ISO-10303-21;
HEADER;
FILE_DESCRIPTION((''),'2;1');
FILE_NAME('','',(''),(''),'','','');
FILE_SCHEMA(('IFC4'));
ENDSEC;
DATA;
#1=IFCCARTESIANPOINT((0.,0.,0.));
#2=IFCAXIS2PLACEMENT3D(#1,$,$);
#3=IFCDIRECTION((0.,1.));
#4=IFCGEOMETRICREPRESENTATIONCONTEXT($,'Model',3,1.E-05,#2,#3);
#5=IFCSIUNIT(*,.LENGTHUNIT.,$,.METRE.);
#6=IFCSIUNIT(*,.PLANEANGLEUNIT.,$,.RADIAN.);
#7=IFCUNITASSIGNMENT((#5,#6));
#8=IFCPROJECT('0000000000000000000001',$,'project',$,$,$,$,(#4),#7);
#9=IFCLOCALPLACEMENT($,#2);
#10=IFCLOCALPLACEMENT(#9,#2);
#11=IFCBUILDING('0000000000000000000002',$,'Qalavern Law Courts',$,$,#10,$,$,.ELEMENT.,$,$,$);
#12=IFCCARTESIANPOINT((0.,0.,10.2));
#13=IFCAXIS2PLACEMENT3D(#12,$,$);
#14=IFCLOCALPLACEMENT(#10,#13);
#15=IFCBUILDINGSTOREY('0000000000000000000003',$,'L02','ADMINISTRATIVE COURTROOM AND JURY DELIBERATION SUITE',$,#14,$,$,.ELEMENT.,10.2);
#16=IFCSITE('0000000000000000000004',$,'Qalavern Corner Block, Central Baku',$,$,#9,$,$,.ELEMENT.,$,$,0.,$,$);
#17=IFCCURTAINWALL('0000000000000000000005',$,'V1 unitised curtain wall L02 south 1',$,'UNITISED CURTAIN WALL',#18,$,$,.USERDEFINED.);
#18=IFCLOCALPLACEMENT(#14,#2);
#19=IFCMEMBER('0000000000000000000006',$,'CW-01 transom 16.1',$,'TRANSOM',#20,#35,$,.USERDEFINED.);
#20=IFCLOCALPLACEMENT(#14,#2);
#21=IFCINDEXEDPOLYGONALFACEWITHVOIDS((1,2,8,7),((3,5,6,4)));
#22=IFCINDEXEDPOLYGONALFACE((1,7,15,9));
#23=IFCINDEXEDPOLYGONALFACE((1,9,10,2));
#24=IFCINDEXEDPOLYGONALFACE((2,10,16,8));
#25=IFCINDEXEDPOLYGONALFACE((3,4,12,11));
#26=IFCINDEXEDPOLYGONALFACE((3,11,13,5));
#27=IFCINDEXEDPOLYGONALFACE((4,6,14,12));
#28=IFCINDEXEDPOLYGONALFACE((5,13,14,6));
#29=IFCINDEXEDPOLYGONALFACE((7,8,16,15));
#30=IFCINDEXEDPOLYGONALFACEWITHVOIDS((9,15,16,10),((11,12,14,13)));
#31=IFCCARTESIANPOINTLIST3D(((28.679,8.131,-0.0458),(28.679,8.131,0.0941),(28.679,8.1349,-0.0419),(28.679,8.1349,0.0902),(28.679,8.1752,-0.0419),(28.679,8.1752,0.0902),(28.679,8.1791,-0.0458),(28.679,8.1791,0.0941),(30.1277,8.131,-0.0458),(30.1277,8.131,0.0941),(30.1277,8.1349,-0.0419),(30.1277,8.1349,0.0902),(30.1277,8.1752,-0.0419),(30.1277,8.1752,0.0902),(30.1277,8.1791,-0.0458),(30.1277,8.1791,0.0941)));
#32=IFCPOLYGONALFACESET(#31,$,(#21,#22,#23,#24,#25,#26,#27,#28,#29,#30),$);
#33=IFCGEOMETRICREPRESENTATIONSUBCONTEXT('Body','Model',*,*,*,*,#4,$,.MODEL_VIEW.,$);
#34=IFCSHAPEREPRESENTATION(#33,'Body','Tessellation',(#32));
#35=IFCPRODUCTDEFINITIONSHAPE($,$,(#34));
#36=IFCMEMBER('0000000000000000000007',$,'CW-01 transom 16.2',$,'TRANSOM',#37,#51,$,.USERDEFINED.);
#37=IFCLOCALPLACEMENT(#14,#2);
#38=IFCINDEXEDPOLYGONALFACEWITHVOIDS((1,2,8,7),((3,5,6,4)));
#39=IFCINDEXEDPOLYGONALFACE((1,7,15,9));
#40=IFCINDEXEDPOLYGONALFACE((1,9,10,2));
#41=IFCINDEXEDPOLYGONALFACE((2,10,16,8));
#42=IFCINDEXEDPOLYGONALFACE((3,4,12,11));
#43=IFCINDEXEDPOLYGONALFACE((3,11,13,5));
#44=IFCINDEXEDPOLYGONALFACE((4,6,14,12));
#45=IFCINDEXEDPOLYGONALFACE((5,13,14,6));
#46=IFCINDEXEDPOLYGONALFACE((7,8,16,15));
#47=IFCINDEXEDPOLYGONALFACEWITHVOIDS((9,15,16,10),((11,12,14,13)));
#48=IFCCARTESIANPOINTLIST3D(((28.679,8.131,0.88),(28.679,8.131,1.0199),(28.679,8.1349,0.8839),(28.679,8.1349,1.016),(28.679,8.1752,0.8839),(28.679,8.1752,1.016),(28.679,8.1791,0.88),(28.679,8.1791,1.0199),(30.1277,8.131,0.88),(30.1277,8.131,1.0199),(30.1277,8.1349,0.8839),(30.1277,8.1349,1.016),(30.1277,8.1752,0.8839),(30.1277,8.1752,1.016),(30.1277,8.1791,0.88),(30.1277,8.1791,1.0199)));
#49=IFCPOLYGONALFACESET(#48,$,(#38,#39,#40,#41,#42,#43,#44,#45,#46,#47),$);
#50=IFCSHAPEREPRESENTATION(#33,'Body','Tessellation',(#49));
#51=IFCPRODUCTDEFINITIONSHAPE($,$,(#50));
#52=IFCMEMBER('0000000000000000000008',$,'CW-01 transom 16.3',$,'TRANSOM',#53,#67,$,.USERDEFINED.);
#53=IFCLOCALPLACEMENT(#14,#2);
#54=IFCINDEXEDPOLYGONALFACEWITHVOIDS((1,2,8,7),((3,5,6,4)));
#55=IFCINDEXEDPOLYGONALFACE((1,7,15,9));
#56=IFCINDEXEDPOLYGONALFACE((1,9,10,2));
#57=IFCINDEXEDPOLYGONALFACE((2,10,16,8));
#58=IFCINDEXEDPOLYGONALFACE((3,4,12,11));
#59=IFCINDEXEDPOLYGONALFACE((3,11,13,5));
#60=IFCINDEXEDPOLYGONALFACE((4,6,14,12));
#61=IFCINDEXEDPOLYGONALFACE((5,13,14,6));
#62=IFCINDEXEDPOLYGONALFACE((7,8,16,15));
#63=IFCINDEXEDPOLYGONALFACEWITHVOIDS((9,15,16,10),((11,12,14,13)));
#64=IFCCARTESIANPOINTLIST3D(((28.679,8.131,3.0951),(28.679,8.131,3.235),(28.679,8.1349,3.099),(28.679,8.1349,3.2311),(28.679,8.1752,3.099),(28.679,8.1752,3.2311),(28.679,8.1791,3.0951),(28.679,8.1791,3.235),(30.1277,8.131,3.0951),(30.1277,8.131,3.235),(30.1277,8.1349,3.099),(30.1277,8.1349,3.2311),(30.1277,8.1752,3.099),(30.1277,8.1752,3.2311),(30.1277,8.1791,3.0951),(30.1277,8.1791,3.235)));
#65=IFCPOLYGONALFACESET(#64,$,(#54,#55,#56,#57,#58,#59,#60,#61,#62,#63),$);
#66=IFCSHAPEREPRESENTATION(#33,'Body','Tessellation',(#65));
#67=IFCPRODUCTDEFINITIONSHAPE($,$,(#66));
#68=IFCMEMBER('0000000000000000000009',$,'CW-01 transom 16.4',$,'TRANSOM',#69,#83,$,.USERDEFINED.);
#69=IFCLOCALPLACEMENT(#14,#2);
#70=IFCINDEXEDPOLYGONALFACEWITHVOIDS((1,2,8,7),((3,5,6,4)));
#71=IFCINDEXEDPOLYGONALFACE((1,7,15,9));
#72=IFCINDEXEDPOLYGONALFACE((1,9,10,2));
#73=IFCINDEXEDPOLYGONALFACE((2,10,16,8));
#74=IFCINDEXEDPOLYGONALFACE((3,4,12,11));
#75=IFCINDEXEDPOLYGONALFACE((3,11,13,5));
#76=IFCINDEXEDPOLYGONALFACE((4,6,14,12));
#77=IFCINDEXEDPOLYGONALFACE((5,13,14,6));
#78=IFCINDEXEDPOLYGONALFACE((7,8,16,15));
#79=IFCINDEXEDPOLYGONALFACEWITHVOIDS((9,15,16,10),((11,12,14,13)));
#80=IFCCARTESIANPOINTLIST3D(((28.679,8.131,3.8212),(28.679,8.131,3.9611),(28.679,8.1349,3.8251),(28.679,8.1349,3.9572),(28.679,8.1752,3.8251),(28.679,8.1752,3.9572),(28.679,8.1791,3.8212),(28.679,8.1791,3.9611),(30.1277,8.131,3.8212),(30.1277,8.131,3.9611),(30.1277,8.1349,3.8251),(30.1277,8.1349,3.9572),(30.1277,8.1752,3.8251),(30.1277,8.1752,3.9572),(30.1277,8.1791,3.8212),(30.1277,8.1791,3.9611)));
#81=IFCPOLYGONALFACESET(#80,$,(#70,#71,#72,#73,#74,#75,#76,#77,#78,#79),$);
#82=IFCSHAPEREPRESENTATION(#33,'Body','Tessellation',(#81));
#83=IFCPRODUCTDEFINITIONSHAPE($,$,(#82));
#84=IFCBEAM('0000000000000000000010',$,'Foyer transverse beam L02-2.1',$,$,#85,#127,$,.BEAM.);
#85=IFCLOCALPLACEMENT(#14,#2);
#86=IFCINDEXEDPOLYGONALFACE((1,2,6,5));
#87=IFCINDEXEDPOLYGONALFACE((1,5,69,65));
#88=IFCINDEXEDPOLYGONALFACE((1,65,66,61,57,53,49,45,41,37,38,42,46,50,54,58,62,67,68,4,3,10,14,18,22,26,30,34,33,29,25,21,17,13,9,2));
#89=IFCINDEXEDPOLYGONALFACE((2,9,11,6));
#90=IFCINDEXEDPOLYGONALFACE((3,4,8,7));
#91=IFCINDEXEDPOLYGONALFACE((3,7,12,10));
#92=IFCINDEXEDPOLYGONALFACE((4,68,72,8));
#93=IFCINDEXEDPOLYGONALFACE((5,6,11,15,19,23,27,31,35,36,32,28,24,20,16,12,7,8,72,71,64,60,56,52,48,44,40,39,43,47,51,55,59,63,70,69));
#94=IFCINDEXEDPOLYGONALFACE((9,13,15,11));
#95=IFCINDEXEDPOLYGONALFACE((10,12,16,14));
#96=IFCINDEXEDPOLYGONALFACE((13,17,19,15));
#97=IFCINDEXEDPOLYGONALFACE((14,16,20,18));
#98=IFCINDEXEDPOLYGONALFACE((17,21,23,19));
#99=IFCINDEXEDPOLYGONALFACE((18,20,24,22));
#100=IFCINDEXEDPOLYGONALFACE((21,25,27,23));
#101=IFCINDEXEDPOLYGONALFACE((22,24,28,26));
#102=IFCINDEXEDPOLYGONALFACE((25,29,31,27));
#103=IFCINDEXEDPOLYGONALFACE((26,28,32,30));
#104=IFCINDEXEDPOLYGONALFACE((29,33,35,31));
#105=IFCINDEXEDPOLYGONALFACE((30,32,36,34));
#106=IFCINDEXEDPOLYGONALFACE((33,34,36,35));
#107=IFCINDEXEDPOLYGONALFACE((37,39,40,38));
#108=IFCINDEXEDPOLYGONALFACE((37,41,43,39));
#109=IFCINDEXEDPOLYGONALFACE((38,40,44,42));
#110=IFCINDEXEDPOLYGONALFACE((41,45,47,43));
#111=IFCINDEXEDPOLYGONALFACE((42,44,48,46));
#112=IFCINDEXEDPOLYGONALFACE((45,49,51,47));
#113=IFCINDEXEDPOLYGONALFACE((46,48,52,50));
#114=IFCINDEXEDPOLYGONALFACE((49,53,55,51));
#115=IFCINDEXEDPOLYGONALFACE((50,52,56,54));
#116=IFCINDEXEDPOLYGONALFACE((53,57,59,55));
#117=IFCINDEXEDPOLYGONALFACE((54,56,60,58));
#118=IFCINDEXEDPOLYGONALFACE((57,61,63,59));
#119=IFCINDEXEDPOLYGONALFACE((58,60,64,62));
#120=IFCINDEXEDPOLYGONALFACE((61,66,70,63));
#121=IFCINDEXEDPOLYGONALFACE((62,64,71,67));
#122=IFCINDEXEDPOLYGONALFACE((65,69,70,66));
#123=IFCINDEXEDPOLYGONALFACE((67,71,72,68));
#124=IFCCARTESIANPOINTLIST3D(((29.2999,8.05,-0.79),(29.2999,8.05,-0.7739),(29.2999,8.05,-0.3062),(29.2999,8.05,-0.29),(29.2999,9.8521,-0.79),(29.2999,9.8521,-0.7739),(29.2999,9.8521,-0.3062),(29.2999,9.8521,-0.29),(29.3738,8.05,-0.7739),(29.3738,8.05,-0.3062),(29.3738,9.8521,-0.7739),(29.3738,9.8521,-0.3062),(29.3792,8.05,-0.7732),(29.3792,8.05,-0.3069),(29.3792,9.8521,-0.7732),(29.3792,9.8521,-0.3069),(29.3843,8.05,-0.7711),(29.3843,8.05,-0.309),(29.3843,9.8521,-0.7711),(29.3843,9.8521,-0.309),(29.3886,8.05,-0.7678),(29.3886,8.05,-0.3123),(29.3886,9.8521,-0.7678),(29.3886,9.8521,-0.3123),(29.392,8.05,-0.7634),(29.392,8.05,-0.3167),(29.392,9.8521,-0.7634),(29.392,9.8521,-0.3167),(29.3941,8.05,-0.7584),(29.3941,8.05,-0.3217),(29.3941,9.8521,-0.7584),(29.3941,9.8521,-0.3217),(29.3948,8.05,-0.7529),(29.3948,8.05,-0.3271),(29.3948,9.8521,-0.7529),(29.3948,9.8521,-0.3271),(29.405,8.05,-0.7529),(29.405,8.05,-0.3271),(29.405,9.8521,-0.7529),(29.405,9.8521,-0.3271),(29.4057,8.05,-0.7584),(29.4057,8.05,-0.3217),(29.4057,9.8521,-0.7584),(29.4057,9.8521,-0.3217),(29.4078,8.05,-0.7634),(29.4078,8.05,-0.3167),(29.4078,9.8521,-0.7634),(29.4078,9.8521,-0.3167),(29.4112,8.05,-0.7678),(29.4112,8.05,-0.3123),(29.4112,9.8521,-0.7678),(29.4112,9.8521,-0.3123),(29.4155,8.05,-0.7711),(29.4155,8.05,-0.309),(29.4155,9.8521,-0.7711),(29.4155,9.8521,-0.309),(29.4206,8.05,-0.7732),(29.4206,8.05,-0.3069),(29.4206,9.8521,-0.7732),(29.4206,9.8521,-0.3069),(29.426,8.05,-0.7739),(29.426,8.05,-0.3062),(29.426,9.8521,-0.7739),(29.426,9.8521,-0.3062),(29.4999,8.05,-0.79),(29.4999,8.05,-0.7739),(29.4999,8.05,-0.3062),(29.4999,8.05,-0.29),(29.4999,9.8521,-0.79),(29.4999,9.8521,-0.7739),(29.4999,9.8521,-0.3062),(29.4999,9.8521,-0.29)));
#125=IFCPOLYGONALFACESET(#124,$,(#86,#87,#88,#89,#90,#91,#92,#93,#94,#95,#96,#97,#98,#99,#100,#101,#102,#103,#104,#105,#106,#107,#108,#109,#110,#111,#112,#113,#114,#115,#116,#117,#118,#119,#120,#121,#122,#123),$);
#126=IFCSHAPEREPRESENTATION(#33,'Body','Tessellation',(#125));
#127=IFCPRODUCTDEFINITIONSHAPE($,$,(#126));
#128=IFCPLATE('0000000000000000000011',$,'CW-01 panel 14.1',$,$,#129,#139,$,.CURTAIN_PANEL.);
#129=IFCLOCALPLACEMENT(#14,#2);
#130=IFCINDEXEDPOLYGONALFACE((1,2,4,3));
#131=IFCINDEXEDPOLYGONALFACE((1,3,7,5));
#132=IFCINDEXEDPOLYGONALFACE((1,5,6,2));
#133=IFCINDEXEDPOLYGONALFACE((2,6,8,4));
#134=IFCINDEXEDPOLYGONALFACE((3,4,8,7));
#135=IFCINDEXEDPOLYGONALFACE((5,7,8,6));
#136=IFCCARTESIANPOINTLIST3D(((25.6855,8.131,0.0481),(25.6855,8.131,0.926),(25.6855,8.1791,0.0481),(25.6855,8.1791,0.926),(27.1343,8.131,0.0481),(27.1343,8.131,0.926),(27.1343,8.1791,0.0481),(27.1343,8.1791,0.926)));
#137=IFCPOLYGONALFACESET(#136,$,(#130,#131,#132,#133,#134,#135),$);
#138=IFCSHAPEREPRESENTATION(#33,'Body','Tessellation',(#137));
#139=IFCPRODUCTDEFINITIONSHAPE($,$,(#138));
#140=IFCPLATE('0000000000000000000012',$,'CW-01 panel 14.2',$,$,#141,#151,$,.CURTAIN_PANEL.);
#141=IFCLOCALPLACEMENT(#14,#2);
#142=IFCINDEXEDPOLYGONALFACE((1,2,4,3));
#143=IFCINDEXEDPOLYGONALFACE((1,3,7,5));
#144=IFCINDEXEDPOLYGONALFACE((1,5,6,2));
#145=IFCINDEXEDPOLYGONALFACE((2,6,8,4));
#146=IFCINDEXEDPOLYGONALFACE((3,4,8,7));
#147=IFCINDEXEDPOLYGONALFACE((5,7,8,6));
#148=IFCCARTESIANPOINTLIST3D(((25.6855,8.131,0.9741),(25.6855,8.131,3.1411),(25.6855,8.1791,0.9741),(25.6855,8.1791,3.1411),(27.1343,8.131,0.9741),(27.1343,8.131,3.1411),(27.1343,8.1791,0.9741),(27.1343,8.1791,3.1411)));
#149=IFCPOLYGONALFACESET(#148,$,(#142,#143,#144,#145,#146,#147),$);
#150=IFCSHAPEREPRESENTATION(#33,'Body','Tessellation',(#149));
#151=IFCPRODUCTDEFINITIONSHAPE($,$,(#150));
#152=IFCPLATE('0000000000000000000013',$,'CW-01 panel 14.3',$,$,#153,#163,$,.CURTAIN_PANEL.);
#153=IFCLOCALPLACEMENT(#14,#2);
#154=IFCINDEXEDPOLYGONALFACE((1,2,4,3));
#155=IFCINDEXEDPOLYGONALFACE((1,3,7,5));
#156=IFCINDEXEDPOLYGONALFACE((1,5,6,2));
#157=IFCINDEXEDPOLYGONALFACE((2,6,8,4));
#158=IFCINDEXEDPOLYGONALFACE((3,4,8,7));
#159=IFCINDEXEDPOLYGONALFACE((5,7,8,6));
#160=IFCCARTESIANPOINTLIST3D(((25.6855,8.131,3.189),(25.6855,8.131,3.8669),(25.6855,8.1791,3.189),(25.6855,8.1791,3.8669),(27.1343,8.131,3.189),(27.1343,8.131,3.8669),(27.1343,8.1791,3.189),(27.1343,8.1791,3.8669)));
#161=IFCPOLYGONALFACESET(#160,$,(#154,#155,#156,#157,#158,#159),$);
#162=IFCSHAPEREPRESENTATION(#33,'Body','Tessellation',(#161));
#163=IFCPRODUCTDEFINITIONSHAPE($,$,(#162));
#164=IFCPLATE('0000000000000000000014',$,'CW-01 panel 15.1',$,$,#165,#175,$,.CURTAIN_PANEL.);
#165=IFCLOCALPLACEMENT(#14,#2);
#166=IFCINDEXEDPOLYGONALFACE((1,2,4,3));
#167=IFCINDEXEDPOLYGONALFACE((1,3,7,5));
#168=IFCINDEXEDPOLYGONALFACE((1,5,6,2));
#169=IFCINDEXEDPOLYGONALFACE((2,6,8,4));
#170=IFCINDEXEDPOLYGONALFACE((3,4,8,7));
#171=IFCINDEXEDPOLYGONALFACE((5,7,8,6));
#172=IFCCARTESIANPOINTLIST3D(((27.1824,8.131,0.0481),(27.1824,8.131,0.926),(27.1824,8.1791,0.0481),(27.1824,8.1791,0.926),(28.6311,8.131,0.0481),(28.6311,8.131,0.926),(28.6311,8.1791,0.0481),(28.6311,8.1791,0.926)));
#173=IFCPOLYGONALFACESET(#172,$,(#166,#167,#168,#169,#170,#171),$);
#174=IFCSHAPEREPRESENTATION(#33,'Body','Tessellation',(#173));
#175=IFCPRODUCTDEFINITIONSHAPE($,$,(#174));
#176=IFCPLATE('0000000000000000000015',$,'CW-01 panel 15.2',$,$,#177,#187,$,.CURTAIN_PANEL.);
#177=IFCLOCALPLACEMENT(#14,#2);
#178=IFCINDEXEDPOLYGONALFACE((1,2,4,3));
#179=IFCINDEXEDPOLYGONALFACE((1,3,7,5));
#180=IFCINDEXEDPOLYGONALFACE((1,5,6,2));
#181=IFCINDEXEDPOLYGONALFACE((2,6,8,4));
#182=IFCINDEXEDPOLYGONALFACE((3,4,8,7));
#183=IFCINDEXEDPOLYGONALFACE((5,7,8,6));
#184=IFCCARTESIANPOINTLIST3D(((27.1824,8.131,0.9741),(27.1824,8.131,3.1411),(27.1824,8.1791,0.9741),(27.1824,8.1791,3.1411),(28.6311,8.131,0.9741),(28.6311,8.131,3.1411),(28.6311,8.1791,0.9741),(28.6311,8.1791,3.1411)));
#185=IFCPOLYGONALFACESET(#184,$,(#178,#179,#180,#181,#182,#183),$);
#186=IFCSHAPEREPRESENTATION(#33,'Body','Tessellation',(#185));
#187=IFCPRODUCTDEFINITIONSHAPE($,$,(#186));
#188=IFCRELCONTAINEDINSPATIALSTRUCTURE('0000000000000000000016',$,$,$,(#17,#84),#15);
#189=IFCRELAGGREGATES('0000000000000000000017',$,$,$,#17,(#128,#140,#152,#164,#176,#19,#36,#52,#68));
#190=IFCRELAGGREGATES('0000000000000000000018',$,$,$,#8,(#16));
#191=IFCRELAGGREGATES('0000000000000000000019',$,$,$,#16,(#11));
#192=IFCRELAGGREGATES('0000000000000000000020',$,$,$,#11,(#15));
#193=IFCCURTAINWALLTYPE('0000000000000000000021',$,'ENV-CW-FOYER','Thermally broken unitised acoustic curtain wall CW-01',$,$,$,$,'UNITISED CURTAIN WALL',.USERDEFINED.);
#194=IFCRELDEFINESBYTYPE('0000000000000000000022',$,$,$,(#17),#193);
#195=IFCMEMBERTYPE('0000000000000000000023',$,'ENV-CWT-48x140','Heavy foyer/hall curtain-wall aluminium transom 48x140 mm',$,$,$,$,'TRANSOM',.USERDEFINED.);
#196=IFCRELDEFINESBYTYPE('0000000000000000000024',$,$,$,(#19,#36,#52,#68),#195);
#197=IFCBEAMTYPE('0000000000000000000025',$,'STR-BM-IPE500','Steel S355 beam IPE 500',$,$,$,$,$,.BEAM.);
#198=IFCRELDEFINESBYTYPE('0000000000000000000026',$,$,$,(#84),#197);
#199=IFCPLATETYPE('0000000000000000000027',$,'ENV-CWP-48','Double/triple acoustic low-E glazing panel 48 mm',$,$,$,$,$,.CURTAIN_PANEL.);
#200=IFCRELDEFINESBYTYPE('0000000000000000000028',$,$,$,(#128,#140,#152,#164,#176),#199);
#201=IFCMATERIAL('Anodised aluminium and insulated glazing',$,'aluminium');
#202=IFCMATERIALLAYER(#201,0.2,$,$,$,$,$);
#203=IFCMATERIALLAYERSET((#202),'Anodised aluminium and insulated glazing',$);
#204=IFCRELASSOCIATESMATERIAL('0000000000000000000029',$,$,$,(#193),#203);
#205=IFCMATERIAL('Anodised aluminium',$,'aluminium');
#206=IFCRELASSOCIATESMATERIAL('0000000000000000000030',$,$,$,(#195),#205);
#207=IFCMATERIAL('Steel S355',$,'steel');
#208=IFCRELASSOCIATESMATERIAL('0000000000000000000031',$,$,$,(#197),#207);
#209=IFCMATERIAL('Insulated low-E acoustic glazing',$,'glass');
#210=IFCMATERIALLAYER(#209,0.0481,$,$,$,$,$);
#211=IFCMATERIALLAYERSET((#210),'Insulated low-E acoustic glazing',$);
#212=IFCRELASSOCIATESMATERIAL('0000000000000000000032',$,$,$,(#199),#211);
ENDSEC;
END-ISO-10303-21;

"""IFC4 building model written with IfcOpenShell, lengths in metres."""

from ifc_helpers import new_model, si_unit, direction, frame, origin, origin_2d, place, context, subcontext, project, spatial, rectangle, hollow_rectangle, i_section, extrude, material, layer, layer_set, material_profile, profile_set, type_object, element, aggregate, save


model = new_model("IFC4")

# Units and contexts
model_context = context("Model", 3, precision=1e-05, world=origin(), true_north=direction((0.0, 1.0)))
body_context = subcontext(model_context, "Body", "Model", "MODEL_VIEW")
ifc_project = project(units=[si_unit("LENGTHUNIT", "METRE"), si_unit("PLANEANGLEUNIT", "RADIAN")], contexts=[model_context])

# Site, building, storey
site_placement = place(None, origin())
site = spatial("IfcSite", under=ifc_project, at=site_placement, Name="Qalavern Corner Block, Central Baku", CompositionType="ELEMENT", RefElevation=0.0)
building_placement = place(site_placement, origin())
building = spatial("IfcBuilding", under=site, at=building_placement, Name="Qalavern Law Courts", CompositionType="ELEMENT")
storey_placement = place(building_placement, frame((0.0, 0.0, 10.2)))
storey = spatial("IfcBuildingStorey", under=building, at=storey_placement, Name="L02", Description="ADMINISTRATIVE COURTROOM AND JURY DELIBERATION SUITE", CompositionType="ELEMENT", Elevation=10.2)

# Curtain wall, members
ifc_material_1 = material(Name="Anodised aluminium and insulated glazing", Category="aluminium")
ifc_layer_1 = layer(ifc_material_1, 0.2)
ifc_layer_set_1 = layer_set([ifc_layer_1], Name="Anodised aluminium and insulated glazing")
curtain_wall_type = type_object("IfcCurtainWallType", Name="ENV-CW-FOYER", Description="Thermally broken unitised acoustic curtain wall CW-01", ElementType="UNITISED CURTAIN WALL", PredefinedType="USERDEFINED", material=ifc_layer_set_1)
curtain_wall_placement = place(storey_placement, origin())
curtain_wall = element("IfcCurtainWall", 1, at=curtain_wall_placement, inside=storey, type_object=curtain_wall_type, Name="V1 unitised curtain wall L02 south 1", ObjectType="UNITISED CURTAIN WALL", PredefinedType="USERDEFINED")
ifc_material_2 = material(Name="Anodised aluminium", Category="aluminium")
ifc_material_profile_1 = material_profile(ifc_material_2, hollow_rectangle(XDim=0.0481, YDim=0.1399, WallThickness=0.0039, at=origin_2d()), Name="ALU TRANSOM 48x140")
ifc_profile_set_1 = profile_set([ifc_material_profile_1], Name="Anodised aluminium")
member_type_1 = type_object("IfcMemberType", Name="ENV-CWT-48x140", Description="Heavy foyer/hall curtain-wall aluminium transom 48x140 mm", ElementType="TRANSOM", PredefinedType="USERDEFINED", material=ifc_profile_set_1)
member_1_placement = place(storey_placement, frame((28.679, 8.155, 0.0242), z_axis=(1.0, 0.0, 0.0), x_axis=(0.0, 1.0, 0.0)))
member_1 = element("IfcMember", 2, at=member_1_placement, type_object=member_type_1, Name="CW-01 transom 16.1", ObjectType="TRANSOM", PredefinedType="USERDEFINED", context=body_context, shape_type="SweptSolid", body=[
    extrude(hollow_rectangle(XDim=0.0481, YDim=0.1399, WallThickness=0.0039, at=origin_2d()), origin(), (0.0, 0.0, 1.0), 1.4487),
])
member_2_placement = place(storey_placement, frame((28.679, 8.155, 0.95), z_axis=(1.0, 0.0, 0.0), x_axis=(0.0, 1.0, 0.0)))
member_2 = element("IfcMember", 3, at=member_2_placement, type_object=member_type_1, Name="CW-01 transom 16.2", ObjectType="TRANSOM", PredefinedType="USERDEFINED", context=body_context, shape_type="SweptSolid", body=[
    extrude(hollow_rectangle(XDim=0.0481, YDim=0.1399, WallThickness=0.0039, at=origin_2d()), origin(), (0.0, 0.0, 1.0), 1.4487),
])
member_3_placement = place(storey_placement, frame((28.679, 8.155, 3.165), z_axis=(1.0, 0.0, 0.0), x_axis=(0.0, 1.0, 0.0)))
member_3 = element("IfcMember", 4, at=member_3_placement, type_object=member_type_1, Name="CW-01 transom 16.3", ObjectType="TRANSOM", PredefinedType="USERDEFINED", context=body_context, shape_type="SweptSolid", body=[
    extrude(hollow_rectangle(XDim=0.0481, YDim=0.1399, WallThickness=0.0039, at=origin_2d()), origin(), (0.0, 0.0, 1.0), 1.4487),
])
member_4_placement = place(storey_placement, frame((28.679, 8.155, 3.8911), z_axis=(1.0, 0.0, 0.0), x_axis=(0.0, 1.0, 0.0)))
member_4 = element("IfcMember", 5, at=member_4_placement, type_object=member_type_1, Name="CW-01 transom 16.4", ObjectType="TRANSOM", PredefinedType="USERDEFINED", context=body_context, shape_type="SweptSolid", body=[
    extrude(hollow_rectangle(XDim=0.0481, YDim=0.1399, WallThickness=0.0039, at=origin_2d()), origin(), (0.0, 0.0, 1.0), 1.4487),
])

# Beam
ifc_material_3 = material(Name="Steel S355", Category="steel")
ifc_material_profile_2 = material_profile(ifc_material_3, i_section(OverallWidth=0.2, OverallDepth=0.5, WebThickness=0.0103, FlangeThickness=0.0161, FilletRadius=0.021, at=origin_2d()), Name="IPE 500")
ifc_profile_set_2 = profile_set([ifc_material_profile_2], Name="Steel S355")
beam_type = type_object("IfcBeamType", Name="STR-BM-IPE500", Description="Steel S355 beam IPE 500", PredefinedType="BEAM", material=ifc_profile_set_2)
beam_placement = place(storey_placement, frame((29.3999, 8.05, -0.54), z_axis=(0.0, 1.0, 0.0), x_axis=(-1.0, 0.0, 0.0)))
element("IfcBeam", 6, at=beam_placement, inside=storey, type_object=beam_type, Name="Foyer transverse beam L02-2.1", PredefinedType="BEAM", context=body_context, shape_type="SweptSolid", body=[
    extrude(i_section(OverallWidth=0.2, OverallDepth=0.5, WebThickness=0.0103, FlangeThickness=0.0161, FilletRadius=0.021, at=origin_2d()), origin(), (0.0, 0.0, 1.0), 1.802),
])

# Plates
ifc_material_4 = material(Name="Insulated low-E acoustic glazing", Category="glass")
ifc_layer_2 = layer(ifc_material_4, 0.0481)
ifc_layer_set_2 = layer_set([ifc_layer_2], Name="Insulated low-E acoustic glazing")
plate_type = type_object("IfcPlateType", Name="ENV-CWP-48", Description="Double/triple acoustic low-E glazing panel 48 mm", PredefinedType="CURTAIN_PANEL", material=ifc_layer_set_2)
plate_1_placement = place(storey_placement, frame((26.4099, 8.155, 0.0481), z_axis=(0.0, 0.0, 1.0), x_axis=(1.0, 0.0, 0.0)))
plate_1 = element("IfcPlate", 7, at=plate_1_placement, type_object=plate_type, Name="CW-01 panel 14.1", PredefinedType="CURTAIN_PANEL", context=body_context, shape_type="SweptSolid", body=[
    extrude(rectangle(XDim=1.4487, YDim=0.0481, at=origin_2d()), origin(), (0.0, 0.0, 1.0), 0.8779),
])
plate_2_placement = place(storey_placement, frame((26.4099, 8.155, 0.9741), z_axis=(0.0, 0.0, 1.0), x_axis=(1.0, 0.0, 0.0)))
plate_2 = element("IfcPlate", 8, at=plate_2_placement, type_object=plate_type, Name="CW-01 panel 14.2", PredefinedType="CURTAIN_PANEL", context=body_context, shape_type="SweptSolid", body=[
    extrude(rectangle(XDim=1.4487, YDim=0.0481, at=origin_2d()), origin(), (0.0, 0.0, 1.0), 2.167),
])
plate_3_placement = place(storey_placement, frame((26.4099, 8.155, 3.189), z_axis=(0.0, 0.0, 1.0), x_axis=(1.0, 0.0, 0.0)))
plate_3 = element("IfcPlate", 9, at=plate_3_placement, type_object=plate_type, Name="CW-01 panel 14.3", PredefinedType="CURTAIN_PANEL", context=body_context, shape_type="SweptSolid", body=[
    extrude(rectangle(XDim=1.4487, YDim=0.0481, at=origin_2d()), origin(), (0.0, 0.0, 1.0), 0.678),
])
plate_4_placement = place(storey_placement, frame((27.9067, 8.155, 0.0481), z_axis=(0.0, 0.0, 1.0), x_axis=(1.0, 0.0, 0.0)))
plate_4 = element("IfcPlate", 10, at=plate_4_placement, type_object=plate_type, Name="CW-01 panel 15.1", PredefinedType="CURTAIN_PANEL", context=body_context, shape_type="SweptSolid", body=[
    extrude(rectangle(XDim=1.4487, YDim=0.0481, at=origin_2d()), origin(), (0.0, 0.0, 1.0), 0.8779),
])
plate_5_placement = place(storey_placement, frame((27.9067, 8.155, 0.9741), z_axis=(0.0, 0.0, 1.0), x_axis=(1.0, 0.0, 0.0)))
plate_5 = element("IfcPlate", 11, at=plate_5_placement, type_object=plate_type, Name="CW-01 panel 15.2", PredefinedType="CURTAIN_PANEL", context=body_context, shape_type="SweptSolid", body=[
    extrude(rectangle(XDim=1.4487, YDim=0.0481, at=origin_2d()), origin(), (0.0, 0.0, 1.0), 2.167),
])
aggregate(curtain_wall, [plate_1, plate_2, plate_3, plate_4, plate_5, member_1, member_2, member_3, member_4])

save(model, "model.ifc")
